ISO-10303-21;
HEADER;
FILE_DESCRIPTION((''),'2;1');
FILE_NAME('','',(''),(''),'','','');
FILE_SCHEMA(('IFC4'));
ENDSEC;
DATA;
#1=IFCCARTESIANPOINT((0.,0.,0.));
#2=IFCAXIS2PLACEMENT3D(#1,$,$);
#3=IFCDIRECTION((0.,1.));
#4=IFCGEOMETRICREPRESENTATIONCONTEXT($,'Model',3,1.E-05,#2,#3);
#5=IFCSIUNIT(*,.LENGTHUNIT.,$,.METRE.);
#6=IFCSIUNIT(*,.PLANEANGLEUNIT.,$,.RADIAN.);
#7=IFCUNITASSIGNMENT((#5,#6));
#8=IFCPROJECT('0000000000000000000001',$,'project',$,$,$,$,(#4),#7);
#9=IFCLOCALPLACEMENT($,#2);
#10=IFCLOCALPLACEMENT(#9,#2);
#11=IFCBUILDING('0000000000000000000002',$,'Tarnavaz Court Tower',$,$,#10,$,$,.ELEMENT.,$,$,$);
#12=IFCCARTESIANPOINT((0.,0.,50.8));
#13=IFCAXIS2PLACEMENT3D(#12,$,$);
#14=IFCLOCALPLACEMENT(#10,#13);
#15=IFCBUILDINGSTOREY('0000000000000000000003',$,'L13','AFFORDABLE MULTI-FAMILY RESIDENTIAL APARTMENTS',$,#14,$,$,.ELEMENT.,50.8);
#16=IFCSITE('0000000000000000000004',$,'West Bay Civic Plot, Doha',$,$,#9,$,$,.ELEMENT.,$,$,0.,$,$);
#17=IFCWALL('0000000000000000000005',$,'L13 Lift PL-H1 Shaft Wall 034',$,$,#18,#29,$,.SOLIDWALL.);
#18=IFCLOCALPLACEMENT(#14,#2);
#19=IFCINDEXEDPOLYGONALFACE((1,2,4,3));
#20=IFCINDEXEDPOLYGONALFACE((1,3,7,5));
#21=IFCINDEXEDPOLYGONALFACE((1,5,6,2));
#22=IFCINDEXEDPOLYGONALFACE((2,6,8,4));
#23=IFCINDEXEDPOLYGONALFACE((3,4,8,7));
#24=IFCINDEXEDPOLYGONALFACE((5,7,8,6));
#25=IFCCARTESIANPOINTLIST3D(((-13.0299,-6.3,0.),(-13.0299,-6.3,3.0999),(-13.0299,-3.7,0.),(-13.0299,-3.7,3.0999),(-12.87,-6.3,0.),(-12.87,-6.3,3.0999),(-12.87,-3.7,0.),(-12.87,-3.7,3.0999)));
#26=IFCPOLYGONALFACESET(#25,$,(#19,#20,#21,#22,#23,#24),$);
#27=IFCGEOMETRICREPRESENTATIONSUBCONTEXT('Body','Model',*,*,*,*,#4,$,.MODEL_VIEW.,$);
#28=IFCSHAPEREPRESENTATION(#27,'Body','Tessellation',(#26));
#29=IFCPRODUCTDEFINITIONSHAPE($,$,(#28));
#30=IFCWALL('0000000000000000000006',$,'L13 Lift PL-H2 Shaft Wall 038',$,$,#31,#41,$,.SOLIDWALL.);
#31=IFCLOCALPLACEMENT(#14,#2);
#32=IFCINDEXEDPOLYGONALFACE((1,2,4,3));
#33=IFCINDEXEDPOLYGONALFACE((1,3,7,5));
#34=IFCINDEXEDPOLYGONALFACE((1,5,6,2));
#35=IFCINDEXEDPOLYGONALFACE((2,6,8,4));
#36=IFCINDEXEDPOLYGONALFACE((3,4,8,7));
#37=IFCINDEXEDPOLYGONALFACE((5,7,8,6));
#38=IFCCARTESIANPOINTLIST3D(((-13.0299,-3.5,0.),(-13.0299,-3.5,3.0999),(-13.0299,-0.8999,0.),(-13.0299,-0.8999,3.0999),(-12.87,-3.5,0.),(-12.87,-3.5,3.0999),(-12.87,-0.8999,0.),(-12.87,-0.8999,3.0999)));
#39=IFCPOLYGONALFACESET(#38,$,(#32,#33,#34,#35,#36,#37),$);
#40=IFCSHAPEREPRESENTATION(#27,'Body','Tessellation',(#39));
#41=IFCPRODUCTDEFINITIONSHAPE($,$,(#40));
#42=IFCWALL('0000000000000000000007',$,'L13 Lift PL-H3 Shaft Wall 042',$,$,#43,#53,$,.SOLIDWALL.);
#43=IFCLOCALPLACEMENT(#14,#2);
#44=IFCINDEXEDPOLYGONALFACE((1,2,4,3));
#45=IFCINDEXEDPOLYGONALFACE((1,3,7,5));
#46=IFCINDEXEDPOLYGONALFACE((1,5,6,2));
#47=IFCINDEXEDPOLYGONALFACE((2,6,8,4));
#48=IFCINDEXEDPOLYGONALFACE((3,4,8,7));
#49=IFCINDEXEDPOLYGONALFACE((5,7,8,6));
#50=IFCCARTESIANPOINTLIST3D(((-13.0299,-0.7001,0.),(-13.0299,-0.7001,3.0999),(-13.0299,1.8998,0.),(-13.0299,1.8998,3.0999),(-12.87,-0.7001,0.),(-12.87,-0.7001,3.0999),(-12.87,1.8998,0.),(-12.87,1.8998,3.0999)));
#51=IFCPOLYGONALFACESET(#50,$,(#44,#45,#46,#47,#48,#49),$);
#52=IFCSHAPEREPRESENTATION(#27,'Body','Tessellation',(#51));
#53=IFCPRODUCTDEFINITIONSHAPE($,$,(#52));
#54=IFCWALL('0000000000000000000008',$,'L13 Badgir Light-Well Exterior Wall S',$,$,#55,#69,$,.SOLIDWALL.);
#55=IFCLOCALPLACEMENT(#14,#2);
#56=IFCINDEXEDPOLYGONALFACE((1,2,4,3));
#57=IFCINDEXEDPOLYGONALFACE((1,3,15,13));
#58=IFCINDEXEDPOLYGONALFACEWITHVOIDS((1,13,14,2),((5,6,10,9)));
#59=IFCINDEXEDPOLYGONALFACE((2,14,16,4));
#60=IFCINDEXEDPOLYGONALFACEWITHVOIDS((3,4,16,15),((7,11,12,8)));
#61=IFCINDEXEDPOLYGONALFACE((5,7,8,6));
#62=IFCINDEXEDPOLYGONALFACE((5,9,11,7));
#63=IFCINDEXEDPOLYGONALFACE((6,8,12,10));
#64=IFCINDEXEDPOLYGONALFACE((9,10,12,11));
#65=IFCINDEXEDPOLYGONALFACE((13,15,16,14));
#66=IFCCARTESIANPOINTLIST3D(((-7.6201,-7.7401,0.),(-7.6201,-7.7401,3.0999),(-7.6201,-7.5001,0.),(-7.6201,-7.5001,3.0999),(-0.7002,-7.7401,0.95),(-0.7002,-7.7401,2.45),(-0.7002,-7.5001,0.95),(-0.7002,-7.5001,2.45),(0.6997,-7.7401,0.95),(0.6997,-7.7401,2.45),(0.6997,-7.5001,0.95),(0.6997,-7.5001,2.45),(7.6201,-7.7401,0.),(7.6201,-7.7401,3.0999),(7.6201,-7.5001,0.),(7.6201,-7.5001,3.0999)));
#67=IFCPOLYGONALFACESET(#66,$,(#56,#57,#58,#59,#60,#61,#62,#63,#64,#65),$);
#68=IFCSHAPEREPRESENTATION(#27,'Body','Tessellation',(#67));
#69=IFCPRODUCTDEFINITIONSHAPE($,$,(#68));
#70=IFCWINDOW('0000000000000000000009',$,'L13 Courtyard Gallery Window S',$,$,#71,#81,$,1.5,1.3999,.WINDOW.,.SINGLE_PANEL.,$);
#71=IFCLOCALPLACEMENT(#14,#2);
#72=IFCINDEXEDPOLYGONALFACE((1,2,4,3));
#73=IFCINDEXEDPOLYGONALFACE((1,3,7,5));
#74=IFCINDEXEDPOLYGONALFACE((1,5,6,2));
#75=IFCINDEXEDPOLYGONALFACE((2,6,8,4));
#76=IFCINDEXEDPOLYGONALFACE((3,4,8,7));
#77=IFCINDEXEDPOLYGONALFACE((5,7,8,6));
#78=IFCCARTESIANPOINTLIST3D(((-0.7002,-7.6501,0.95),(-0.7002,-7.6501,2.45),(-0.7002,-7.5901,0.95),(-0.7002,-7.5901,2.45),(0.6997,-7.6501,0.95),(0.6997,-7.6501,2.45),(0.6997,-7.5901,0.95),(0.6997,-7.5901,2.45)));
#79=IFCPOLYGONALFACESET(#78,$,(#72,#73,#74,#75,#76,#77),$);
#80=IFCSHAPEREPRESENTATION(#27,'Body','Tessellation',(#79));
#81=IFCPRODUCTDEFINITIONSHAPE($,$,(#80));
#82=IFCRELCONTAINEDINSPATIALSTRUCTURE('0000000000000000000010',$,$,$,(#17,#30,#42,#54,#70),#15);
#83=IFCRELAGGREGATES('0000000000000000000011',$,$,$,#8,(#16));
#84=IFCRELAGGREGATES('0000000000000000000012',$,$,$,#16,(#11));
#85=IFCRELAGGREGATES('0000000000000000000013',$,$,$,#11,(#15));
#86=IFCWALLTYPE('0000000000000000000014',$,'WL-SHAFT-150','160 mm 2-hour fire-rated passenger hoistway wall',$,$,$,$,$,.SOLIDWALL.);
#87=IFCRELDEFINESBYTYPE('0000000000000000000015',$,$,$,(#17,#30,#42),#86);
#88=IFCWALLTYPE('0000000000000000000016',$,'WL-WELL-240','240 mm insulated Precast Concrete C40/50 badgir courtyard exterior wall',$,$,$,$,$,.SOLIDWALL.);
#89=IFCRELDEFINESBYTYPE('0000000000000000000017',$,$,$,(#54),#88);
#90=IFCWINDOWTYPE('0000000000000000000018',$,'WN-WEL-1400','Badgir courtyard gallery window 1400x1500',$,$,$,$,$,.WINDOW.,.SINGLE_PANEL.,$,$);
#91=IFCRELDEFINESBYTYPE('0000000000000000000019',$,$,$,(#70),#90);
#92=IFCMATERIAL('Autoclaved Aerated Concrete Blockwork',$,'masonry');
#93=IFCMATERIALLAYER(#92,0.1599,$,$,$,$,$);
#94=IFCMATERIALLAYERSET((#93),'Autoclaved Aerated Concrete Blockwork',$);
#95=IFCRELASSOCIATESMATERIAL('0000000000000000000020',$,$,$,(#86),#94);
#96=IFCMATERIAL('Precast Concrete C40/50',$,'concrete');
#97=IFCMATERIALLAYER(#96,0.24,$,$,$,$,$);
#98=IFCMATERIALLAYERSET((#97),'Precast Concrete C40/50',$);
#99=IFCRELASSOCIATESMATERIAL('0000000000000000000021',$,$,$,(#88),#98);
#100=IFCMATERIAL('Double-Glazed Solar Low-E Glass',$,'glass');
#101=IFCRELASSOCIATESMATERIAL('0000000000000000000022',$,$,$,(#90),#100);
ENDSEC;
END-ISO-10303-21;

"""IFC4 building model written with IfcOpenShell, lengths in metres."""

from ifc_helpers import new_model, si_unit, direction, frame, frame_2d, origin, place, context, subcontext, project, spatial, rectangle, extrude, material, layer, layer_set, type_object, element, fill, save


model = new_model("IFC4")

# Units and contexts
model_context = context("Model", 3, precision=1e-05, world=origin(), true_north=direction((0.0, 1.0)))
body_context = subcontext(model_context, "Body", "Model", "MODEL_VIEW")
ifc_project = project(units=[si_unit("LENGTHUNIT", "METRE"), si_unit("PLANEANGLEUNIT", "RADIAN")], contexts=[model_context])

# Site, building, storey
site_placement = place(None, origin())
site = spatial("IfcSite", under=ifc_project, at=site_placement, Name="West Bay Civic Plot, Doha", CompositionType="ELEMENT", RefElevation=0.0)
building_placement = place(site_placement, origin())
building = spatial("IfcBuilding", under=site, at=building_placement, Name="Tarnavaz Court Tower", CompositionType="ELEMENT")
storey_placement = place(building_placement, frame((0.0, 0.0, 50.8)))
storey = spatial("IfcBuildingStorey", under=building, at=storey_placement, Name="L13", Description="AFFORDABLE MULTI-FAMILY RESIDENTIAL APARTMENTS", CompositionType="ELEMENT", Elevation=50.8)

# Shared definitions
ifc_material_1 = material(Name="Autoclaved Aerated Concrete Blockwork", Category="masonry")
ifc_layer_1 = layer(ifc_material_1, 0.1599)
ifc_layer_set_1 = layer_set([ifc_layer_1], Name="Autoclaved Aerated Concrete Blockwork")
wall_type_1 = type_object("IfcWallType", Name="WL-SHAFT-150", Description="160 mm 2-hour fire-rated passenger hoistway wall", PredefinedType="SOLIDWALL", material=ifc_layer_set_1)

# Walls
for number, where, z_axis, x_axis, name in (
    (1, (-12.95, -6.3, 0.0), (0.0, 0.0, 1.0), (0.0, 1.0, 0.0), "L13 Lift PL-H1 Shaft Wall 034"),
    (2, (-12.95, -3.5, 0.0), (0.0, 0.0, 1.0), (0.0, 1.0, 0.0), "L13 Lift PL-H2 Shaft Wall 038"),
):
    element("IfcWall", number, at=place(storey_placement, frame(where, z_axis=z_axis, x_axis=x_axis)), inside=storey, type_object=wall_type_1, Name=name, PredefinedType="SOLIDWALL", context=body_context, shape_type="SweptSolid", body=[
        extrude(rectangle(XDim=2.6001, YDim=0.1599, at=frame_2d((1.3, 0.0))), origin(), (0.0, 0.0, 1.0), 3.0999),
    ])
wall_1_placement = place(storey_placement, frame((-12.95, -0.7, 0.0), z_axis=(0.0, 0.0, 1.0), x_axis=(0.0, 1.0, 0.0)))
element("IfcWall", 3, at=wall_1_placement, inside=storey, type_object=wall_type_1, Name="L13 Lift PL-H3 Shaft Wall 042", PredefinedType="SOLIDWALL", context=body_context, shape_type="SweptSolid", body=[
    extrude(rectangle(XDim=2.5999, YDim=0.1599, at=frame_2d((1.2998, 0.0))), origin(), (0.0, 0.0, 1.0), 3.0999),
])

# Wall, opening, window
ifc_material_2 = material(Name="Precast Concrete C40/50", Category="concrete")
ifc_layer_2 = layer(ifc_material_2, 0.24)
ifc_layer_set_2 = layer_set([ifc_layer_2], Name="Precast Concrete C40/50")
wall_type_2 = type_object("IfcWallType", Name="WL-WELL-240", Description="240 mm insulated Precast Concrete C40/50 badgir courtyard exterior wall", PredefinedType="SOLIDWALL", material=ifc_layer_set_2)
wall_2_placement = place(storey_placement, frame((-7.6201, -7.6201, 0.0), z_axis=(0.0, 0.0, 1.0), x_axis=(1.0, 0.0, 0.0)))
wall_2 = element("IfcWall", 4, at=wall_2_placement, inside=storey, type_object=wall_type_2, Name="L13 Badgir Light-Well Exterior Wall S", PredefinedType="SOLIDWALL", context=body_context, shape_type="SweptSolid", body=[
    extrude(rectangle(XDim=15.2402, YDim=0.24, at=frame_2d((7.6201, 0.0))), origin(), (0.0, 0.0, 1.0), 3.0999),
])
opening_1_placement = place(wall_2_placement, frame((6.9199, 0.0, 0.95)))
opening_1 = element("IfcOpeningElement", 5, at=opening_1_placement, cuts=wall_2, PredefinedType="OPENING", context=body_context, shape_type="SweptSolid", body=[
    extrude(rectangle(XDim=1.3999, YDim=1.5, at=frame_2d((0.7, 0.75))), frame((0.0, 0.1299, 0.0), z_axis=(0.0, -1.0, 0.0), x_axis=(1.0, 0.0, 0.0)), (0.0, 0.0, 1.0), 0.26),
])
ifc_material_3 = material(Name="Double-Glazed Solar Low-E Glass", Category="glass")
window_type = type_object("IfcWindowType", Name="WN-WEL-1400", Description="Badgir courtyard gallery window 1400x1500", PartitioningType="SINGLE_PANEL", PredefinedType="WINDOW", material=ifc_material_3)
window_placement = place(opening_1_placement, origin())
window = element("IfcWindow", 6, at=window_placement, inside=storey, type_object=window_type, Name="L13 Courtyard Gallery Window S", OverallHeight=1.5, OverallWidth=1.3999, PartitioningType="SINGLE_PANEL", PredefinedType="WINDOW", context=body_context, shape_type="SweptSolid", body=[
    extrude(rectangle(XDim=1.3999, YDim=1.5, at=frame_2d((0.7, 0.75))), frame((0.0, 0.03, 0.0), z_axis=(0.0, -1.0, 0.0), x_axis=(1.0, 0.0, 0.0)), (0.0, 0.0, 1.0), 0.0601),
])
fill(opening_1, window)

save(model, "model.ifc")
